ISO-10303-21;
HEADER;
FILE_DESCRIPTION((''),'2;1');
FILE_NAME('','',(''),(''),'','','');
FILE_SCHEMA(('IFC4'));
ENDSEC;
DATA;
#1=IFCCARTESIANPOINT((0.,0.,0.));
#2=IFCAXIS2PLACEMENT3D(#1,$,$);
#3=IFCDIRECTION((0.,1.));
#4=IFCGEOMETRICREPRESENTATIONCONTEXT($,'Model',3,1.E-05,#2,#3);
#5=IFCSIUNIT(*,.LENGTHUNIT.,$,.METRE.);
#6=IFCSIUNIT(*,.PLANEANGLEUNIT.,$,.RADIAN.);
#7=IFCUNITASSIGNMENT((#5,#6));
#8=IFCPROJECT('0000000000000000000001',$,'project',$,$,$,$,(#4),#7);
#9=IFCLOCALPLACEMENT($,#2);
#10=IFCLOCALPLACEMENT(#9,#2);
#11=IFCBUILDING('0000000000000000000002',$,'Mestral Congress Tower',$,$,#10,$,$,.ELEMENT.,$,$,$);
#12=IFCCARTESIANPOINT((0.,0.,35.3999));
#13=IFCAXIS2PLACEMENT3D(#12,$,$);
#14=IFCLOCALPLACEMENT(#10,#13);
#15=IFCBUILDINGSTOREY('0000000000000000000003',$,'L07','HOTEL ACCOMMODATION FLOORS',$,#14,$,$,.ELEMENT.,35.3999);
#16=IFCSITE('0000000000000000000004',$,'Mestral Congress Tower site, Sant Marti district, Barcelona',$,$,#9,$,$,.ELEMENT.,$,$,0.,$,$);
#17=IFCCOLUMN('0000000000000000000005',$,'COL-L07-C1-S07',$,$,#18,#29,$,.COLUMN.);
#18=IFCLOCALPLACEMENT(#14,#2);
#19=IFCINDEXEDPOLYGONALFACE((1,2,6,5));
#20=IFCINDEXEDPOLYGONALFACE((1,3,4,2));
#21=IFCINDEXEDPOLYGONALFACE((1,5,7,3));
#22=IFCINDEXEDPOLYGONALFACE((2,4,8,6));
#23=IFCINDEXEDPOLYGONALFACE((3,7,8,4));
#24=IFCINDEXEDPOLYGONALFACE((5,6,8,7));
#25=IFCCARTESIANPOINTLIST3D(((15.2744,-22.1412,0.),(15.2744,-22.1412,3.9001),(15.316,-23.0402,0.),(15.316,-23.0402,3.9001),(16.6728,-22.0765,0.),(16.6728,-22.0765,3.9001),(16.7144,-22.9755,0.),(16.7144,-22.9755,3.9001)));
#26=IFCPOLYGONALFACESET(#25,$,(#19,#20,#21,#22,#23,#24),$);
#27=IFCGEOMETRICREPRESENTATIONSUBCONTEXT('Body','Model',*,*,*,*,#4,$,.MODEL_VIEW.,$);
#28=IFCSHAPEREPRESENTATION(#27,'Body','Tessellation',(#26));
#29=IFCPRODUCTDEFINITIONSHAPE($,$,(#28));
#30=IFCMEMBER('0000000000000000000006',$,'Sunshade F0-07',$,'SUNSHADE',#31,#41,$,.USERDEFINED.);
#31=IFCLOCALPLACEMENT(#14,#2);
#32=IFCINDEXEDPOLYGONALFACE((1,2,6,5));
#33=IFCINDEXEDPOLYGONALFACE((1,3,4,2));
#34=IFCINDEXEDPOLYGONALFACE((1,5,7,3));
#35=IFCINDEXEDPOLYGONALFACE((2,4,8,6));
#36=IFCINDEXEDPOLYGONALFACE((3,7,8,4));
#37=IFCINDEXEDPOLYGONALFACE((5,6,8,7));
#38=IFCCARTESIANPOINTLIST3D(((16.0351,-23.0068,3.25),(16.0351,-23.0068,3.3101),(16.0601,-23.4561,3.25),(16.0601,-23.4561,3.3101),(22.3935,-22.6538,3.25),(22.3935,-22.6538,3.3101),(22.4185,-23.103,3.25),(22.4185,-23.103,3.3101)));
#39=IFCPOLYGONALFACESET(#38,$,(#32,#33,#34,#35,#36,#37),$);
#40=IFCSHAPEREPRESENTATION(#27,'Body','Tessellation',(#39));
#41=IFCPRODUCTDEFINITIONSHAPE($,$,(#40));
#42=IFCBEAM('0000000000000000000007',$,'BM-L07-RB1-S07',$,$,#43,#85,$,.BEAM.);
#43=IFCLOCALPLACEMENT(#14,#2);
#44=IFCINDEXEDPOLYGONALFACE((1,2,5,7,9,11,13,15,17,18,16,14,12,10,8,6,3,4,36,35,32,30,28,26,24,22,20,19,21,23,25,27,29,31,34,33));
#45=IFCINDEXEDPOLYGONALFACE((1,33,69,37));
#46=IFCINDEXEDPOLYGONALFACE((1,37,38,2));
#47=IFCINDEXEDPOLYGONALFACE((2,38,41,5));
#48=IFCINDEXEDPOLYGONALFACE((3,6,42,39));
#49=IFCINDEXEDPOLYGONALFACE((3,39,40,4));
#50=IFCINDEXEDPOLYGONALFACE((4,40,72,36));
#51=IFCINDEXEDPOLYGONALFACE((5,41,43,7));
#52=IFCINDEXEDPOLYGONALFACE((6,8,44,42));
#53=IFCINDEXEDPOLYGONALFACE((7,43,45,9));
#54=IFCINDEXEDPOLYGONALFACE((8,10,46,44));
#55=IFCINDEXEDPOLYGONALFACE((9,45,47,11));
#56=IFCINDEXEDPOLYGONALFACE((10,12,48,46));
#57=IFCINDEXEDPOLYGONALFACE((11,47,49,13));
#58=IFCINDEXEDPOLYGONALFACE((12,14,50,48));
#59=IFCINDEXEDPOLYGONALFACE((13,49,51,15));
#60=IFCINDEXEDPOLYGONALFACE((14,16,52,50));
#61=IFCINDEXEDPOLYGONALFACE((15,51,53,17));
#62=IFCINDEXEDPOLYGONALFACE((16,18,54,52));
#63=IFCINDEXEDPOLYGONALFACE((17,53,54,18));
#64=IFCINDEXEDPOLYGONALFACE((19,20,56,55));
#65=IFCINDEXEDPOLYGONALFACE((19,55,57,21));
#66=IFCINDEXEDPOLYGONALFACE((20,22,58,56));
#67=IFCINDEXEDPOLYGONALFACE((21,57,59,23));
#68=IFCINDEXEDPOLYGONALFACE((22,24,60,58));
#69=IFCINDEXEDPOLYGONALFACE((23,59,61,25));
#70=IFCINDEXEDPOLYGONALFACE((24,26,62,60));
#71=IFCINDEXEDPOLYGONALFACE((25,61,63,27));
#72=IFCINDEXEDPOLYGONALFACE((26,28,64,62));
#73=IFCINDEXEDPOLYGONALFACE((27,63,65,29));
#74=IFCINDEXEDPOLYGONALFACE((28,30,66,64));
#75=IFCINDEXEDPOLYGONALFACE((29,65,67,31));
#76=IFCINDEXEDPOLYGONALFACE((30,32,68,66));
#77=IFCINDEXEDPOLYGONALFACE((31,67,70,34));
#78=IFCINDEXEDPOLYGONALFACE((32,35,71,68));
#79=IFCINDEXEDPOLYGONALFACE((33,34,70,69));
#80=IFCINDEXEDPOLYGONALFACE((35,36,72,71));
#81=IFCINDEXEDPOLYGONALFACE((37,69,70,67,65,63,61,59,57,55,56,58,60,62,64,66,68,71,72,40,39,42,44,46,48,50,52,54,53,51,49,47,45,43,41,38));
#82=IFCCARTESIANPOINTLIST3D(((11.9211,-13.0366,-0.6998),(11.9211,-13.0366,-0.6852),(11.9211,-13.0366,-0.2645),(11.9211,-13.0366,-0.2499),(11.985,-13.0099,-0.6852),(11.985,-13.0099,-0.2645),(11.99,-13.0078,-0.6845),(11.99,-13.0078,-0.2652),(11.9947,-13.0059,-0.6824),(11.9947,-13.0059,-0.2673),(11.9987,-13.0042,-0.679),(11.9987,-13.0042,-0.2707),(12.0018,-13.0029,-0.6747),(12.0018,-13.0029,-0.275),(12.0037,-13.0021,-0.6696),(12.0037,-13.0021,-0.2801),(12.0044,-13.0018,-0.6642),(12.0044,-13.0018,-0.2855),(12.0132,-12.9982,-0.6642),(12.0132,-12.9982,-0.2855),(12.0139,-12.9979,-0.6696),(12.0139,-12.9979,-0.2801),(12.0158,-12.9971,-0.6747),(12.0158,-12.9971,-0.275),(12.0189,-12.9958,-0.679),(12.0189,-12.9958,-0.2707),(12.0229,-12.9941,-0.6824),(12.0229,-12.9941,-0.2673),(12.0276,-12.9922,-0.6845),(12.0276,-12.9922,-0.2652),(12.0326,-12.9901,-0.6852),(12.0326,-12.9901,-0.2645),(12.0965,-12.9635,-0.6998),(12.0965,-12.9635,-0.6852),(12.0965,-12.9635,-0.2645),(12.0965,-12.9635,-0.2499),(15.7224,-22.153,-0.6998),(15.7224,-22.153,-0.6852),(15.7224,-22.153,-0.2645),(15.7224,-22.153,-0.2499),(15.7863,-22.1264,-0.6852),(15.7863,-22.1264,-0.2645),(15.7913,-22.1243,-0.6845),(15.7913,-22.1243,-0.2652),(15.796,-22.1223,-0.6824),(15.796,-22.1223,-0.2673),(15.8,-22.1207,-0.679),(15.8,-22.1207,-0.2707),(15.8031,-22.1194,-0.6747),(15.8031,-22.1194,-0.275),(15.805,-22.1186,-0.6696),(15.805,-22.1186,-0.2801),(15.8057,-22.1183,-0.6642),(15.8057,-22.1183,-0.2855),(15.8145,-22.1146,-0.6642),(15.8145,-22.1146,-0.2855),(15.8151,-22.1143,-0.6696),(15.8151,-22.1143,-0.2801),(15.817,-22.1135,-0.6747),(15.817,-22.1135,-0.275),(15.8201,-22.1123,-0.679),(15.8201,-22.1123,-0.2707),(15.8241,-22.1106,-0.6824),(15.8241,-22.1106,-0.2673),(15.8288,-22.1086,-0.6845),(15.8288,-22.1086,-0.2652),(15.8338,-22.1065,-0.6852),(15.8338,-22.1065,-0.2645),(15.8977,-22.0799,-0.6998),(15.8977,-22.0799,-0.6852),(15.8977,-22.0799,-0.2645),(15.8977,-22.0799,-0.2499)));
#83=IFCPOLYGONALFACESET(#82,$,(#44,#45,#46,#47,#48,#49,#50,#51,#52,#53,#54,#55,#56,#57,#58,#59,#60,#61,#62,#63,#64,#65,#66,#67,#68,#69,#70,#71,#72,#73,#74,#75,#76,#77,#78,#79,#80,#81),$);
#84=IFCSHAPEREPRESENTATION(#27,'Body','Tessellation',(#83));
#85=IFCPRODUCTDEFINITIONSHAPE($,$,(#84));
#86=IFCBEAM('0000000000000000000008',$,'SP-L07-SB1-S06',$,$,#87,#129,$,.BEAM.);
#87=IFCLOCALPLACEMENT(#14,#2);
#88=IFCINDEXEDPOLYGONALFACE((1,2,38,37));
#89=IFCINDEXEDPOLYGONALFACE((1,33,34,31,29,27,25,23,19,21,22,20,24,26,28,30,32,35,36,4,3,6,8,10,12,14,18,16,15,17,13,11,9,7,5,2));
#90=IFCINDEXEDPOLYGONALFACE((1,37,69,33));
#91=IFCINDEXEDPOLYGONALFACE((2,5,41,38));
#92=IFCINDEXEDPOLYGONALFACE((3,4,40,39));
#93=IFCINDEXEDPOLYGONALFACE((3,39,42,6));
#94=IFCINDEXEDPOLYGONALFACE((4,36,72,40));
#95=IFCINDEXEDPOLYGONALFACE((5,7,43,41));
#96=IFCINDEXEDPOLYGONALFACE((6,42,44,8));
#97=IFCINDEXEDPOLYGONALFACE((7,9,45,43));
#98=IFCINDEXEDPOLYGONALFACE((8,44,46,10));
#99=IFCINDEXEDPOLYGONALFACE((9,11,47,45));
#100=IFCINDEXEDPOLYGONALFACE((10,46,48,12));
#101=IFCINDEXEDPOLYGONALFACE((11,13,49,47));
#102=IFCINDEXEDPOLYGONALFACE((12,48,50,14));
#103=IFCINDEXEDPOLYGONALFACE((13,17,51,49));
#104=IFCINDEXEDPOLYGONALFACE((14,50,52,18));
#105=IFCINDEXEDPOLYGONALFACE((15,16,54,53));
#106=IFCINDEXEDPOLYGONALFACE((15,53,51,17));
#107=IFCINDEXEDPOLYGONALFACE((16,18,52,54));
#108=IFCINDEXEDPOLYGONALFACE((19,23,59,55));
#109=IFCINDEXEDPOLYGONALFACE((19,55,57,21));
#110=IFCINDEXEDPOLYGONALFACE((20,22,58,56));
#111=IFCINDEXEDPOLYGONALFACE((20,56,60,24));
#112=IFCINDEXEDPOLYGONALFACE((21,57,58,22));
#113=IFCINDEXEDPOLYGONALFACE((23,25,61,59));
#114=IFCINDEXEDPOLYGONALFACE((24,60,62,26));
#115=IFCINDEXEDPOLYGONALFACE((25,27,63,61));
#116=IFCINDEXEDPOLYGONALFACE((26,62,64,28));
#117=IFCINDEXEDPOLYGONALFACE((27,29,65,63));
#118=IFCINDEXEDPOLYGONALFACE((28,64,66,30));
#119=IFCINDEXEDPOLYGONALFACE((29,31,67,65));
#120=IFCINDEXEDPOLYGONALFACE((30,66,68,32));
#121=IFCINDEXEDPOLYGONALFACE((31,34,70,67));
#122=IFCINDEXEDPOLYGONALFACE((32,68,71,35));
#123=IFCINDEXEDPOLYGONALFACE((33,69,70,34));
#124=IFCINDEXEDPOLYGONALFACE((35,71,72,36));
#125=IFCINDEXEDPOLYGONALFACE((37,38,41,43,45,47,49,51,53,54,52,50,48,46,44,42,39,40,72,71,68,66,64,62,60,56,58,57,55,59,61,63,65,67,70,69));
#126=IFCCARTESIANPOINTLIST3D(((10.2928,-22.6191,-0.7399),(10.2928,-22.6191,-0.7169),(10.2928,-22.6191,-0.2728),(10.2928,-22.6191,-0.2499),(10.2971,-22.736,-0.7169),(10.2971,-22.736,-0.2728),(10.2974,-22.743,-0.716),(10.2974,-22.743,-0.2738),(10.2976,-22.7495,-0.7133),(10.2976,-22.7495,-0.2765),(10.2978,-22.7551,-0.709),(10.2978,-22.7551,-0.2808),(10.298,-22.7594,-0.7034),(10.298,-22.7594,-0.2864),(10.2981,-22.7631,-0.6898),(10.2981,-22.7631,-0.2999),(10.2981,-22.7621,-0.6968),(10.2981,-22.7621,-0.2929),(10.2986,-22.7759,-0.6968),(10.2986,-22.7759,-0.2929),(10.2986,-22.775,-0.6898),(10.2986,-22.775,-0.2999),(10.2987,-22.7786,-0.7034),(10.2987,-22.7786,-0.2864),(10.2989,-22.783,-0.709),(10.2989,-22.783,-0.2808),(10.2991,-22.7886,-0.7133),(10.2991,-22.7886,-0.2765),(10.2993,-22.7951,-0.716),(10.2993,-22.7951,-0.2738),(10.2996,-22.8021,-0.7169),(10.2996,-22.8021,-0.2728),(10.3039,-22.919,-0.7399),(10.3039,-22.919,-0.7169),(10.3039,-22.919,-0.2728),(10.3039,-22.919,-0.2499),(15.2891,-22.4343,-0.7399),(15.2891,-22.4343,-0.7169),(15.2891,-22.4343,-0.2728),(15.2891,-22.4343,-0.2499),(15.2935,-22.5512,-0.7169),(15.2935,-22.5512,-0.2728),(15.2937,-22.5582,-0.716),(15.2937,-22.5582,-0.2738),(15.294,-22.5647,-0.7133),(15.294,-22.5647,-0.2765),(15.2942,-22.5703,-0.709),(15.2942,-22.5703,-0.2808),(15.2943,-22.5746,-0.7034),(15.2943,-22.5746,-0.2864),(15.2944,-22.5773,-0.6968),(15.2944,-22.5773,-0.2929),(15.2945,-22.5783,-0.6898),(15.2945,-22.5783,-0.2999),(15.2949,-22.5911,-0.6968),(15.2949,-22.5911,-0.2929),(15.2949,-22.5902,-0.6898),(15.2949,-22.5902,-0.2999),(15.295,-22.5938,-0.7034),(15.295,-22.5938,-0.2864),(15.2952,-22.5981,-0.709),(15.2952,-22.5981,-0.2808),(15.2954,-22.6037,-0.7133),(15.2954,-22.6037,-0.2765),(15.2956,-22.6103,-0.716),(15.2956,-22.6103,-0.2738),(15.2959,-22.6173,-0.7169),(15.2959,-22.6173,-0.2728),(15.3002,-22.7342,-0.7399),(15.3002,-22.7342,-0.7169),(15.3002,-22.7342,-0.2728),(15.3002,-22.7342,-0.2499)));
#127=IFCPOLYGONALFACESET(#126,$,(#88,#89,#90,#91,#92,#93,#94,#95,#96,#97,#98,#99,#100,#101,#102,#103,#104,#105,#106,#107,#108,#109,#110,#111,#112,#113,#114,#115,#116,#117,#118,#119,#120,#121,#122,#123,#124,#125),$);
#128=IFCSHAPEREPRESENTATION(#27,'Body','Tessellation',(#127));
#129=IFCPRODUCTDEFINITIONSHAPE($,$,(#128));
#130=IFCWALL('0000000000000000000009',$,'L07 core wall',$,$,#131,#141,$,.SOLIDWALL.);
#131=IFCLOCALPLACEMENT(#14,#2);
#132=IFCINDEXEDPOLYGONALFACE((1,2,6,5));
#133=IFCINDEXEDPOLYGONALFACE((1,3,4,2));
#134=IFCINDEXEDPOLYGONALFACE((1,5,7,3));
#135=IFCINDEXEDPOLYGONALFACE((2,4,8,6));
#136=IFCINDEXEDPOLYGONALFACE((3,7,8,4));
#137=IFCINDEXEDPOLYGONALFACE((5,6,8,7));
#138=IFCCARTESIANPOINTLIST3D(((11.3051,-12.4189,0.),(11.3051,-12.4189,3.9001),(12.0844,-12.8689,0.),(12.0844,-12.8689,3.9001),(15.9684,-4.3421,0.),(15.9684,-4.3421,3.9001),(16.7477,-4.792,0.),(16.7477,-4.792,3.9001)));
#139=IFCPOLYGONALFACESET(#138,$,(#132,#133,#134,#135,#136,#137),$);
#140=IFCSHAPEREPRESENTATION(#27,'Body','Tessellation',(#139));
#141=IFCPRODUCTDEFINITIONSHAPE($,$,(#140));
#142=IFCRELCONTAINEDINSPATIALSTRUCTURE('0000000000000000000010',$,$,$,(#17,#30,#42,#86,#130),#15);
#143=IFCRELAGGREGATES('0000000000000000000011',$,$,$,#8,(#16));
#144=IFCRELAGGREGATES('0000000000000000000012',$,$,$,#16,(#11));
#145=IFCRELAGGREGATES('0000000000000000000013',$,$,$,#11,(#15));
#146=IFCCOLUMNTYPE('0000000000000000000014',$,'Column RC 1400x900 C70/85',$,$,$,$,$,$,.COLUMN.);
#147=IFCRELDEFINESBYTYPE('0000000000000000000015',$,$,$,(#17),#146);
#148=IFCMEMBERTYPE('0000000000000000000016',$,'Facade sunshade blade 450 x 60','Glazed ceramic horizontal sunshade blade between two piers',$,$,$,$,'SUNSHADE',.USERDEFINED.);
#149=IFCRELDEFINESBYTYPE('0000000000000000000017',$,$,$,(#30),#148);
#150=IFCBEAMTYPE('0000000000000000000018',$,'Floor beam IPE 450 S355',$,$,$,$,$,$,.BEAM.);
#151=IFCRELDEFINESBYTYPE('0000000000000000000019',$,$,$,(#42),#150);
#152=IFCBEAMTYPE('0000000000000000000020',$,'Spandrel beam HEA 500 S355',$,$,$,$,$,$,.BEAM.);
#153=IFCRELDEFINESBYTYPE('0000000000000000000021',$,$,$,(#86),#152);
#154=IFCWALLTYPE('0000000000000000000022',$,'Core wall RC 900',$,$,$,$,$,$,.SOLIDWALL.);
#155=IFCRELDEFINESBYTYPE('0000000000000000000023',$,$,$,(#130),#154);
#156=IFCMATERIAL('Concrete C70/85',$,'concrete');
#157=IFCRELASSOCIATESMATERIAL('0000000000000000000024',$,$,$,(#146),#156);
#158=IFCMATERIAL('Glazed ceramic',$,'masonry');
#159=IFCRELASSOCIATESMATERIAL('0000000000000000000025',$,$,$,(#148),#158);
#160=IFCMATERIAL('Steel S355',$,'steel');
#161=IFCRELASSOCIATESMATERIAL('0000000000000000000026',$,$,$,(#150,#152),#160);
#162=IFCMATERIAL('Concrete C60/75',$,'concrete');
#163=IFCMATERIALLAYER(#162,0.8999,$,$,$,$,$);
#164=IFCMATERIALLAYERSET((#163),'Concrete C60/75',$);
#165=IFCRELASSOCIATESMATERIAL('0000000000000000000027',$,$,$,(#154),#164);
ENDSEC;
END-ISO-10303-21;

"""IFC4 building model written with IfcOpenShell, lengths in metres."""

from ifc_helpers import new_model, si_unit, direction, frame, frame_2d, origin, origin_2d, place, context, subcontext, project, spatial, rectangle, i_section, extrude, material, layer, layer_set, material_profile, profile_set, type_object, element, save


model = new_model("IFC4")

# Units and contexts
model_context = context("Model", 3, precision=1e-05, world=origin(), true_north=direction((0.0, 1.0)))
body_context = subcontext(model_context, "Body", "Model", "MODEL_VIEW")
ifc_project = project(units=[si_unit("LENGTHUNIT", "METRE"), si_unit("PLANEANGLEUNIT", "RADIAN")], contexts=[model_context])

# Site, building, storey
site_placement = place(None, origin())
site = spatial("IfcSite", under=ifc_project, at=site_placement, Name="Mestral Congress Tower site, Sant Marti district, Barcelona", CompositionType="ELEMENT", RefElevation=0.0)
building_placement = place(site_placement, origin())
building = spatial("IfcBuilding", under=site, at=building_placement, Name="Mestral Congress Tower", CompositionType="ELEMENT")
storey_placement = place(building_placement, frame((0.0, 0.0, 35.3999)))
storey = spatial("IfcBuildingStorey", under=building, at=storey_placement, Name="L07", Description="HOTEL ACCOMMODATION FLOORS", CompositionType="ELEMENT", Elevation=35.3999)

# Column
ifc_material_1 = material(Name="Concrete C70/85", Category="concrete")
ifc_material_profile_1 = material_profile(ifc_material_1, rectangle(XDim=1.3999, YDim=0.8999, at=origin_2d()), Name="RC 1400x900")
ifc_profile_set_1 = profile_set([ifc_material_profile_1], Name="Concrete C70/85")
column_type = type_object("IfcColumnType", Name="Column RC 1400x900 C70/85", PredefinedType="COLUMN", material=ifc_profile_set_1)
column_placement = place(storey_placement, frame((15.9944, -22.5583, 0.0), z_axis=(0.0, 0.0, 1.0), x_axis=(0.998932, 0.0462, 0.0)))
element("IfcColumn", 1, at=column_placement, inside=storey, type_object=column_type, Name="COL-L07-C1-S07", PredefinedType="COLUMN", context=body_context, shape_type="SweptSolid", body=[
    extrude(rectangle(XDim=1.3999, YDim=0.8999, at=origin_2d()), origin(), (0.0, 0.0, 1.0), 3.9001),
])

# Member
ifc_material_2 = material(Name="Glazed ceramic", Category="masonry")
ifc_material_profile_2 = material_profile(ifc_material_2, rectangle(XDim=0.45, YDim=0.0601, at=origin_2d()), Name="Ceramic blade 450 x 60")
ifc_profile_set_2 = profile_set([ifc_material_profile_2], Name="Glazed ceramic")
member_type = type_object("IfcMemberType", Name="Facade sunshade blade 450 x 60", Description="Glazed ceramic horizontal sunshade blade between two piers", ElementType="SUNSHADE", PredefinedType="USERDEFINED", material=ifc_profile_set_2)
member_placement = place(storey_placement, frame((16.0476, -23.2314, 3.28), z_axis=(0.998462, 0.055436, 0.0), x_axis=(-0.055436, 0.998462, 0.0)))
element("IfcMember", 2, at=member_placement, inside=storey, type_object=member_type, Name="Sunshade F0-07", ObjectType="SUNSHADE", PredefinedType="USERDEFINED", context=body_context, shape_type="SweptSolid", body=[
    extrude(rectangle(XDim=0.45, YDim=0.0601, at=origin_2d()), origin(), (0.0, 0.0, 1.0), 6.3682),
])

# Beams
ifc_material_3 = material(Name="Steel S355", Category="steel")
ifc_material_profile_3 = material_profile(ifc_material_3, i_section(OverallWidth=0.1899, OverallDepth=0.45, WebThickness=0.0095, FlangeThickness=0.0146, FilletRadius=0.021, at=origin_2d()), Name="IPE 450")
ifc_profile_set_3 = profile_set([ifc_material_profile_3], Name="Steel S355")
beam_type_1 = type_object("IfcBeamType", Name="Floor beam IPE 450 S355", PredefinedType="BEAM", material=ifc_profile_set_3)
beam_1_placement = place(storey_placement, frame((15.8101, -22.1165, -0.4749), z_axis=(-0.384852, 0.922978, 0.0), x_axis=(-0.922978, -0.384852, 0.0)))
element("IfcBeam", 3, at=beam_1_placement, inside=storey, type_object=beam_type_1, Name="BM-L07-RB1-S07", PredefinedType="BEAM", context=body_context, shape_type="SweptSolid", body=[
    extrude(i_section(OverallWidth=0.1899, OverallDepth=0.45, WebThickness=0.0095, FlangeThickness=0.0146, FilletRadius=0.021, at=origin_2d()), origin(), (0.0, 0.0, 1.0), 9.8772),
])
ifc_material_profile_4 = material_profile(ifc_material_3, i_section(OverallWidth=0.3, OverallDepth=0.49, WebThickness=0.012, FlangeThickness=0.0229, FilletRadius=0.0271, at=origin_2d()), Name="HEA 500")
ifc_profile_set_4 = profile_set([ifc_material_profile_4], Name="Steel S355")
beam_type_2 = type_object("IfcBeamType", Name="Spandrel beam HEA 500 S355", PredefinedType="BEAM", material=ifc_profile_set_4)
beam_2_placement = place(storey_placement, frame((10.2983, -22.769, -0.4949), z_axis=(0.999317, 0.036965, 0.0), x_axis=(-0.036965, 0.999317, 0.0)))
element("IfcBeam", 4, at=beam_2_placement, inside=storey, type_object=beam_type_2, Name="SP-L07-SB1-S06", PredefinedType="BEAM", context=body_context, shape_type="SweptSolid", body=[
    extrude(i_section(OverallWidth=0.3, OverallDepth=0.49, WebThickness=0.012, FlangeThickness=0.0229, FilletRadius=0.0271, at=origin_2d()), origin(), (0.0, 0.0, 1.0), 4.9998),
])

# Wall
ifc_material_4 = material(Name="Concrete C60/75", Category="concrete")
ifc_layer_1 = layer(ifc_material_4, 0.8999)
ifc_layer_set_1 = layer_set([ifc_layer_1], Name="Concrete C60/75")
wall_type_1 = type_object("IfcWallType", Name="Core wall RC 900", PredefinedType="SOLIDWALL", material=ifc_layer_set_1)
wall_1_placement = place(storey_placement, frame((11.6948, -12.6438, 0.0), z_axis=(0.0, 0.0, 1.0), x_axis=(0.50001, 0.866019, 0.0)))
element("IfcWall", 5, at=wall_1_placement, inside=storey, type_object=wall_type_1, Name="L07 core wall", PredefinedType="SOLIDWALL", context=body_context, shape_type="SweptSolid", body=[
    extrude(rectangle(XDim=9.3264, YDim=0.8999, at=frame_2d((4.6631, 0.0))), origin(), (0.0, 0.0, 1.0), 3.9001),
])

save(model, "model.ifc")
